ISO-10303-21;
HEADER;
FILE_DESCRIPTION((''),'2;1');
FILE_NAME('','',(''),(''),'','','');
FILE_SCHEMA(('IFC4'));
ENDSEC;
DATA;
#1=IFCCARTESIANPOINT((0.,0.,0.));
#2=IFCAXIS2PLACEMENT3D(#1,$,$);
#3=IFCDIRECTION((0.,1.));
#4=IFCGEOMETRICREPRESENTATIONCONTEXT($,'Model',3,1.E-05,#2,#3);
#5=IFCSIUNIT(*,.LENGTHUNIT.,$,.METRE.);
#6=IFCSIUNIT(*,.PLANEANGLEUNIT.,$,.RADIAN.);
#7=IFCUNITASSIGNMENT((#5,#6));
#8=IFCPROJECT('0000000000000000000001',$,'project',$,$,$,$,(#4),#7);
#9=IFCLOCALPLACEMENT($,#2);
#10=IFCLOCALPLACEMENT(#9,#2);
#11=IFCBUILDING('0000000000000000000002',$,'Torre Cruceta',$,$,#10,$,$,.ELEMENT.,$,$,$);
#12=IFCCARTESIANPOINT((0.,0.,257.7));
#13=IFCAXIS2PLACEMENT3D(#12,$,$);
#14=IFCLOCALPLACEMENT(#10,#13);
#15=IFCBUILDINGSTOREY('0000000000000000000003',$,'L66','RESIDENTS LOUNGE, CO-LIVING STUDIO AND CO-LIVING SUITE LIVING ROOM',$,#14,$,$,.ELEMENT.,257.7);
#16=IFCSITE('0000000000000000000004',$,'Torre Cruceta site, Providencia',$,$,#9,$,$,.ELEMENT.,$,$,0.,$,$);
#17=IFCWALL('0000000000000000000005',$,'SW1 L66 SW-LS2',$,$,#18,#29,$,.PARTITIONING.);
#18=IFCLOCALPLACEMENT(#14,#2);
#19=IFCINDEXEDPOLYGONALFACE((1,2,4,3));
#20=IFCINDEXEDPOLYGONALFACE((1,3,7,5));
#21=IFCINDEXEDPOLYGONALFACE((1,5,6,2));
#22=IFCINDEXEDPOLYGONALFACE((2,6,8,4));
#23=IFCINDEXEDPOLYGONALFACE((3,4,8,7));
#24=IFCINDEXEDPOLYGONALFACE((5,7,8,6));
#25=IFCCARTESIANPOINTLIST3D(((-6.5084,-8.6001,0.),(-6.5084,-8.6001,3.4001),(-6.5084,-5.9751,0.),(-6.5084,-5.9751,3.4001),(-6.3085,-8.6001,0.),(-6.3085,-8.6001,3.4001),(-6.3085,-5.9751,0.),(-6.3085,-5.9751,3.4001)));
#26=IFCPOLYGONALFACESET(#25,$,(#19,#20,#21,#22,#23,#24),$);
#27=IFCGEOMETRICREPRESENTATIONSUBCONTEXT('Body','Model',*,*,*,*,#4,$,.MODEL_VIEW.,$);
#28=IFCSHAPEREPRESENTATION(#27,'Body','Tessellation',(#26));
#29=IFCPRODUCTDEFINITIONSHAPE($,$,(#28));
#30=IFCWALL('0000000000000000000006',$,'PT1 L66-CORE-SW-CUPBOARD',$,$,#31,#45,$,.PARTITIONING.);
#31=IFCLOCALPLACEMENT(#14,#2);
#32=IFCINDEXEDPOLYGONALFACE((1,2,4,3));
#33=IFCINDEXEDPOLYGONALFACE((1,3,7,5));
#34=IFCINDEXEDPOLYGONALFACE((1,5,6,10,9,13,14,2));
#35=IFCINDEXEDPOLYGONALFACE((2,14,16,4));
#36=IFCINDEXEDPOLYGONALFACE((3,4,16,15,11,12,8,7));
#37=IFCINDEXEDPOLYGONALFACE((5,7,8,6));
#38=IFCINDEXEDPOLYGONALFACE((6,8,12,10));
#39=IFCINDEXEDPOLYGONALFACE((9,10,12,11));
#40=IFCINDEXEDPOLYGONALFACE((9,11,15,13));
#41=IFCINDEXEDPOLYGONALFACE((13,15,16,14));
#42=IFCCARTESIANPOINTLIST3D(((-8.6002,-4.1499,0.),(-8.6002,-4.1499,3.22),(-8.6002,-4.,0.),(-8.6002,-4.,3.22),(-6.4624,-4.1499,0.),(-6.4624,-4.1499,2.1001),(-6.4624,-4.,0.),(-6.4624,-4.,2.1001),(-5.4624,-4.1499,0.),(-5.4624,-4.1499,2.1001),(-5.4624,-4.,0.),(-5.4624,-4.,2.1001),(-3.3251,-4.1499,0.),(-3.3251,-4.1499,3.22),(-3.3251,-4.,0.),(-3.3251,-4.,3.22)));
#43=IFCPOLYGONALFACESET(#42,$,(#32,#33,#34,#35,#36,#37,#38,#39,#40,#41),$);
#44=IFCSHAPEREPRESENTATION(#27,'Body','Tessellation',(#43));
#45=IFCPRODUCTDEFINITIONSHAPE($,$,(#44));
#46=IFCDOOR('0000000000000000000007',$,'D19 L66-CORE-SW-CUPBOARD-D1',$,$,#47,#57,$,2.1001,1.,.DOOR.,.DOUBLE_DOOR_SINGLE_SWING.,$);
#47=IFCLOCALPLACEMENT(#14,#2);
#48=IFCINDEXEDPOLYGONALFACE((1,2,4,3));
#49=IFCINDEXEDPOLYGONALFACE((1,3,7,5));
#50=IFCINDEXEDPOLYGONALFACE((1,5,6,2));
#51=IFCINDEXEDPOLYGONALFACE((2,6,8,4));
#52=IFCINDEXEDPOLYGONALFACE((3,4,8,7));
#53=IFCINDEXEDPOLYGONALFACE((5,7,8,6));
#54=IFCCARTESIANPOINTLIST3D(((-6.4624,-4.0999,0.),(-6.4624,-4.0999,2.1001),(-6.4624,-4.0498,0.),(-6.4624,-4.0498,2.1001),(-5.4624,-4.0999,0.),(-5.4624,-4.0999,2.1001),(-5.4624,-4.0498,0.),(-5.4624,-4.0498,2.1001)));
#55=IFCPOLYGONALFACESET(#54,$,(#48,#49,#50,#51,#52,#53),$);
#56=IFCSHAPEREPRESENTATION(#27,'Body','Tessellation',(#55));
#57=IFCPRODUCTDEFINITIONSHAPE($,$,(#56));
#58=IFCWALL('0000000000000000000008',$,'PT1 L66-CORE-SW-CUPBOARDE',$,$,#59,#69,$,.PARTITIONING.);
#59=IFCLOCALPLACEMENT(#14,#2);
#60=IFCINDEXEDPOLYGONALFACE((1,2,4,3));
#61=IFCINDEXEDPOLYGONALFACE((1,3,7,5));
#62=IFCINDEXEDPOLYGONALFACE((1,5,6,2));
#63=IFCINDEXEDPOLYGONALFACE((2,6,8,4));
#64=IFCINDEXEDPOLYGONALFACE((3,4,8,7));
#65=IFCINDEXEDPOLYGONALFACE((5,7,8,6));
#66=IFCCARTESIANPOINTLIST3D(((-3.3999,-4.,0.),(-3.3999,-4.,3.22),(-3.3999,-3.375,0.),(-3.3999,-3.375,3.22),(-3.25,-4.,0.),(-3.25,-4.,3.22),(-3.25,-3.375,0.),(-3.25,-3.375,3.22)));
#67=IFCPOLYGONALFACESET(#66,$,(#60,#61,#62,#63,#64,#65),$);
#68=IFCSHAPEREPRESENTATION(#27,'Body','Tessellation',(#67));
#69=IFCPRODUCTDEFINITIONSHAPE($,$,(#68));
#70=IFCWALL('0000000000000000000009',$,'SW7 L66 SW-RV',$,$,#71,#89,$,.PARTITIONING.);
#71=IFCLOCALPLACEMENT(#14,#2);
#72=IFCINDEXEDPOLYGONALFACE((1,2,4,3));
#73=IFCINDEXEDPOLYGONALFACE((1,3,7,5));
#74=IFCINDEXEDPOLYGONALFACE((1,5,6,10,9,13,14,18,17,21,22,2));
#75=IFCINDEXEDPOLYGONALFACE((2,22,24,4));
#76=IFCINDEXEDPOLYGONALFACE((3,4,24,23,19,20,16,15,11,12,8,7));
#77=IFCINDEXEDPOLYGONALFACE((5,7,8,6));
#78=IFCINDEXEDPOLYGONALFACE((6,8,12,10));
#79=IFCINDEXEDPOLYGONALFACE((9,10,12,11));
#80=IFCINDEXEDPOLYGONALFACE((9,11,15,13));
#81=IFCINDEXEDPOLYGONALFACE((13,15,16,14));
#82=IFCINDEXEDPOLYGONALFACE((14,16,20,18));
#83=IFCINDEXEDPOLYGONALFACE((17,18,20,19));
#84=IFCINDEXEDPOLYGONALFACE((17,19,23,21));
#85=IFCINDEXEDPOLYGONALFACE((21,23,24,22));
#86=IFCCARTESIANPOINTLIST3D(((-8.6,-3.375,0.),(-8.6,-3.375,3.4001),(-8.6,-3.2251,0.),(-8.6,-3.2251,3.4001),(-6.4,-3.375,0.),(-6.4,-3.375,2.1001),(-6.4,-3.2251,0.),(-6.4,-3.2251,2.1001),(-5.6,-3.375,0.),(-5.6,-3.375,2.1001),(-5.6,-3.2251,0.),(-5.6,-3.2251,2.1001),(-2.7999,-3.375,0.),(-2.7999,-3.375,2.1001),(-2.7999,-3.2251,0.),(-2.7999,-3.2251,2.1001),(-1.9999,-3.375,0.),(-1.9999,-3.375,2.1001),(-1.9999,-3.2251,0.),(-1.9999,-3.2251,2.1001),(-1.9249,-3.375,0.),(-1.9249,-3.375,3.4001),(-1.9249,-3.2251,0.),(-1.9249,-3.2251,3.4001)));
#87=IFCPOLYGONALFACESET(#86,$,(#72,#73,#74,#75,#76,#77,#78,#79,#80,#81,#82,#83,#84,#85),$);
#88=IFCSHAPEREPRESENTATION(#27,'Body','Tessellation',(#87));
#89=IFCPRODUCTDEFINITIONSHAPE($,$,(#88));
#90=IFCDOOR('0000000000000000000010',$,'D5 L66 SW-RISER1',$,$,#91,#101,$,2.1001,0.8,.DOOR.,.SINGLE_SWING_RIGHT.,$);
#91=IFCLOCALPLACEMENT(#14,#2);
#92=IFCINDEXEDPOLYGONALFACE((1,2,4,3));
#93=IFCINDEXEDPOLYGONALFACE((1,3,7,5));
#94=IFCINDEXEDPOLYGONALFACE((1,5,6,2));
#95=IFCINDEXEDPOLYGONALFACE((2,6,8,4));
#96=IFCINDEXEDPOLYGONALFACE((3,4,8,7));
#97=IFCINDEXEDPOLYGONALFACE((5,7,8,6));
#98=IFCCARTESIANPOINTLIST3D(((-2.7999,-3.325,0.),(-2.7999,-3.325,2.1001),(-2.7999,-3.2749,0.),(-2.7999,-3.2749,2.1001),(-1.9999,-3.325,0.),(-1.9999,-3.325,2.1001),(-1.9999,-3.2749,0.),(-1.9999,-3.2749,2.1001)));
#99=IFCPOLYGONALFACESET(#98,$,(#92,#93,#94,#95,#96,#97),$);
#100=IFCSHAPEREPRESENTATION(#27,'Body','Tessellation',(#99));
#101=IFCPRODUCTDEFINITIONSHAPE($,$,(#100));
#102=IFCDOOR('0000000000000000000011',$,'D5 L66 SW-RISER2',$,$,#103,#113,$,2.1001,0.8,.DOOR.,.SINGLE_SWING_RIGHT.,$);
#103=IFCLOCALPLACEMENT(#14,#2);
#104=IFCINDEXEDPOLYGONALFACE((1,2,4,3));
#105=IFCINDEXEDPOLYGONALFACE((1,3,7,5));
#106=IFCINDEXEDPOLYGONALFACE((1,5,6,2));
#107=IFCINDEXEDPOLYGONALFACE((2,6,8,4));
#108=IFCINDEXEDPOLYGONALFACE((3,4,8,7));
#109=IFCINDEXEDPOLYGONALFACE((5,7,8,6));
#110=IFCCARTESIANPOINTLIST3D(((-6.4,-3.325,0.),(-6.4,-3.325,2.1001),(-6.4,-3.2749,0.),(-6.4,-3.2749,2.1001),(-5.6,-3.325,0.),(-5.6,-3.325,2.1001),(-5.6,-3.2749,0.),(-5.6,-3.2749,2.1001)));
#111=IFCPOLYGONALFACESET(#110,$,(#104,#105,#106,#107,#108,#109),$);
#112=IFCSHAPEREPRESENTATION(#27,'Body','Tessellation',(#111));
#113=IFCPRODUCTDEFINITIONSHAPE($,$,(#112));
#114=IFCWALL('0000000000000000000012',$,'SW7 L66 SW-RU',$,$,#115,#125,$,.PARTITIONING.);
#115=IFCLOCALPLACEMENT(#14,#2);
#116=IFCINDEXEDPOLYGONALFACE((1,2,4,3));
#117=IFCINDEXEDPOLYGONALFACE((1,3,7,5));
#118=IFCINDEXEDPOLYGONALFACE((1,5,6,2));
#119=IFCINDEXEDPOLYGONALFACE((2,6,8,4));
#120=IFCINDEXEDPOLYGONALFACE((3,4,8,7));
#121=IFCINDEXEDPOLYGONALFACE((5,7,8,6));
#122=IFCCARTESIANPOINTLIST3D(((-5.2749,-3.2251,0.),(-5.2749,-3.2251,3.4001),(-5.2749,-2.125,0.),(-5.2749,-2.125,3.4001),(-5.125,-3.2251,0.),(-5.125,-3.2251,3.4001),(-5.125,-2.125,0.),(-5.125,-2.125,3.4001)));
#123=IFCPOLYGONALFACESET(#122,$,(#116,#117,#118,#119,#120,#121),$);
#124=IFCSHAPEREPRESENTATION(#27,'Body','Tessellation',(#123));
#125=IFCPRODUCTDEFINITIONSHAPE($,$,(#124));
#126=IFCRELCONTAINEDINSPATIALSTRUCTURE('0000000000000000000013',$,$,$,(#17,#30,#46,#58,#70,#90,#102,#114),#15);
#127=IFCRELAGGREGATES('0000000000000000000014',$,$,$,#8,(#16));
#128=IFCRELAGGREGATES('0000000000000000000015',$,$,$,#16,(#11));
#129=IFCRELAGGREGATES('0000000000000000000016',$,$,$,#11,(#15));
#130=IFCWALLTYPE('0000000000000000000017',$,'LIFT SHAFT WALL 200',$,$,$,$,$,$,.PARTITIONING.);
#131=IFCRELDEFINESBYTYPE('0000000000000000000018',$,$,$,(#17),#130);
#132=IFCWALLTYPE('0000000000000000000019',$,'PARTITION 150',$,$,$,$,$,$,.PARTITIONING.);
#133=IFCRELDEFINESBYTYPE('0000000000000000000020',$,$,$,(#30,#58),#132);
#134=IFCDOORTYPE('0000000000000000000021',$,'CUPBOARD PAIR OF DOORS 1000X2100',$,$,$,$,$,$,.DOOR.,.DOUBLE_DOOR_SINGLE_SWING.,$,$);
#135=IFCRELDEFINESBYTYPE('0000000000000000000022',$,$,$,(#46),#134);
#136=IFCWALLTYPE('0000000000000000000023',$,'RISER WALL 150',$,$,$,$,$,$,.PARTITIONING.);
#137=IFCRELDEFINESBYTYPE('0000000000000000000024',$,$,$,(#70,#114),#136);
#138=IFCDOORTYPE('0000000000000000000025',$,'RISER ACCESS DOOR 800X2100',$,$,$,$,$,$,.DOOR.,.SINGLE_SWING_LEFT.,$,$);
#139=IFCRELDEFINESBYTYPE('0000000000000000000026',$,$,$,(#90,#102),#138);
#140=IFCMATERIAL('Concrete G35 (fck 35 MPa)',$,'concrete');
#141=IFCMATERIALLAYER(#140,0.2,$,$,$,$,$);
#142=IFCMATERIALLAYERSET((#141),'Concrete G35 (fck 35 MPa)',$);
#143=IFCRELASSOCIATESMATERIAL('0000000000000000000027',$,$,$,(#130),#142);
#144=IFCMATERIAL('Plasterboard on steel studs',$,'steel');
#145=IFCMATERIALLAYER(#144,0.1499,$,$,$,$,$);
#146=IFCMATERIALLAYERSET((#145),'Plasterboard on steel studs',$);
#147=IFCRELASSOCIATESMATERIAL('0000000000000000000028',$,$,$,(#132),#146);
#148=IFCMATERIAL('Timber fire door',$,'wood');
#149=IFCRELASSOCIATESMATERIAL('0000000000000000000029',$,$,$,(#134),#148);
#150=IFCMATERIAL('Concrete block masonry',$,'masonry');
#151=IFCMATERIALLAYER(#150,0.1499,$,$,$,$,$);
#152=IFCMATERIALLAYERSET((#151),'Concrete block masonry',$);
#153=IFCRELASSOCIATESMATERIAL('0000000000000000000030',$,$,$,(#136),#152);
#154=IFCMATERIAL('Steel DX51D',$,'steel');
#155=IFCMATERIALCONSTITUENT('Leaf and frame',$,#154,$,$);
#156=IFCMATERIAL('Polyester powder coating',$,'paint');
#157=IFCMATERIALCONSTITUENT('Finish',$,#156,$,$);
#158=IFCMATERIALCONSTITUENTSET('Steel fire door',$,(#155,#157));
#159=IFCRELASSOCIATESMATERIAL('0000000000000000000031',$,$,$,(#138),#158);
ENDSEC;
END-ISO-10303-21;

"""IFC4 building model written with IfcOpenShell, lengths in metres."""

from ifc_helpers import new_model, si_unit, direction, frame, frame_2d, origin, place, context, subcontext, project, spatial, rectangle, extrude, material, layer, layer_set, constituent, constituent_set, type_object, element, fill, save


model = new_model("IFC4")

# Units and contexts
model_context = context("Model", 3, precision=1e-05, world=origin(), true_north=direction((0.0, 1.0)))
body_context = subcontext(model_context, "Body", "Model", "MODEL_VIEW")
ifc_project = project(units=[si_unit("LENGTHUNIT", "METRE"), si_unit("PLANEANGLEUNIT", "RADIAN")], contexts=[model_context])

# Site, building, storey
site_placement = place(None, origin())
site = spatial("IfcSite", under=ifc_project, at=site_placement, Name="Torre Cruceta site, Providencia", CompositionType="ELEMENT", RefElevation=0.0)
building_placement = place(site_placement, origin())
building = spatial("IfcBuilding", under=site, at=building_placement, Name="Torre Cruceta", CompositionType="ELEMENT")
storey_placement = place(building_placement, frame((0.0, 0.0, 257.7)))
storey = spatial("IfcBuildingStorey", under=building, at=storey_placement, Name="L66", Description="RESIDENTS LOUNGE, CO-LIVING STUDIO AND CO-LIVING SUITE LIVING ROOM", CompositionType="ELEMENT", Elevation=257.7)

# Wall
ifc_material_1 = material(Name="Concrete G35 (fck 35 MPa)", Category="concrete")
ifc_layer_1 = layer(ifc_material_1, 0.2)
ifc_layer_set_1 = layer_set([ifc_layer_1], Name="Concrete G35 (fck 35 MPa)")
wall_type_1 = type_object("IfcWallType", Name="LIFT SHAFT WALL 200", PredefinedType="PARTITIONING", material=ifc_layer_set_1)
for number, where, z_axis, x_axis, name in (
    (1, (-6.4084, -5.9751, 0.0), (0.0, 0.0, 1.0), (0.0, -1.0, 0.0), "SW1 L66 SW-LS2"),
):
    element("IfcWall", number, at=place(storey_placement, frame(where, z_axis=z_axis, x_axis=x_axis)), inside=storey, type_object=wall_type_1, Name=name, PredefinedType="PARTITIONING", context=body_context, shape_type="SweptSolid", body=[
        extrude(rectangle(XDim=2.625, YDim=0.2, at=frame_2d((1.3125, 0.0))), origin(), (0.0, 0.0, 1.0), 3.4001),
    ])

# Wall, opening, door
ifc_material_2 = material(Name="Plasterboard on steel studs", Category="steel")
ifc_layer_2 = layer(ifc_material_2, 0.1499)
ifc_layer_set_2 = layer_set([ifc_layer_2], Name="Plasterboard on steel studs")
wall_type_2 = type_object("IfcWallType", Name="PARTITION 150", PredefinedType="PARTITIONING", material=ifc_layer_set_2)
wall_1_placement = place(storey_placement, frame((-3.325, -4.075, 0.0), z_axis=(0.0, 0.0, 1.0), x_axis=(-1.0, 0.0, 0.0)))
wall_1 = element("IfcWall", 2, at=wall_1_placement, inside=storey, type_object=wall_type_2, Name="PT1 L66-CORE-SW-CUPBOARD", PredefinedType="PARTITIONING", context=body_context, shape_type="SweptSolid", body=[
    extrude(rectangle(XDim=5.2751, YDim=0.1499, at=frame_2d((2.6377, 0.0))), origin(), (0.0, 0.0, 1.0), 3.22),
])
opening_1_placement = place(wall_1_placement, frame((2.1375, 0.0, 0.0)))
opening_1 = element("IfcOpeningElement", 3, at=opening_1_placement, cuts=wall_1, PredefinedType="OPENING", context=body_context, shape_type="SweptSolid", body=[
    extrude(rectangle(XDim=1.0, YDim=2.1001, at=frame_2d((0.5, 1.05))), frame((0.0, 0.085, 0.0), z_axis=(0.0, -1.0, 0.0), x_axis=(1.0, 0.0, 0.0)), (0.0, 0.0, 1.0), 0.1699),
])
ifc_material_3 = material(Name="Timber fire door", Category="wood")
door_type_1 = type_object("IfcDoorType", Name="CUPBOARD PAIR OF DOORS 1000X2100", OperationType="DOUBLE_DOOR_SINGLE_SWING", PredefinedType="DOOR", material=ifc_material_3)
door_1_placement = place(opening_1_placement, frame((1.0, 0.0, 0.0), z_axis=(0.0, 0.0, 1.0), x_axis=(-1.0, 0.0, 0.0)))
door_1 = element("IfcDoor", 4, at=door_1_placement, inside=storey, type_object=door_type_1, Name="D19 L66-CORE-SW-CUPBOARD-D1", OperationType="DOUBLE_DOOR_SINGLE_SWING", OverallHeight=2.1001, OverallWidth=1.0, PredefinedType="DOOR", context=body_context, shape_type="SweptSolid", body=[
    extrude(rectangle(XDim=1.0, YDim=2.1001, at=frame_2d((0.5, 1.05))), frame((0.0, 0.0251, 0.0), z_axis=(0.0, -1.0, 0.0), x_axis=(1.0, 0.0, 0.0)), (0.0, 0.0, 1.0), 0.05),
])
fill(opening_1, door_1)

# Wall
wall_2_placement = place(storey_placement, frame((-3.325, -3.375, 0.0), z_axis=(0.0, 0.0, 1.0), x_axis=(0.0, -1.0, 0.0)))
element("IfcWall", 5, at=wall_2_placement, inside=storey, type_object=wall_type_2, Name="PT1 L66-CORE-SW-CUPBOARDE", PredefinedType="PARTITIONING", context=body_context, shape_type="SweptSolid", body=[
    extrude(rectangle(XDim=0.625, YDim=0.1499, at=frame_2d((0.3125, 0.0))), origin(), (0.0, 0.0, 1.0), 3.22),
])

# Wall, openings, doors
ifc_material_4 = material(Name="Concrete block masonry", Category="masonry")
ifc_layer_3 = layer(ifc_material_4, 0.1499)
ifc_layer_set_3 = layer_set([ifc_layer_3], Name="Concrete block masonry")
wall_type_3 = type_object("IfcWallType", Name="RISER WALL 150", PredefinedType="PARTITIONING", material=ifc_layer_set_3)
wall_3_placement = place(storey_placement, frame((-1.925, -3.3, 0.0), z_axis=(0.0, 0.0, 1.0), x_axis=(-1.0, 0.0, 0.0)))
wall_3 = element("IfcWall", 6, at=wall_3_placement, inside=storey, type_object=wall_type_3, Name="SW7 L66 SW-RV", PredefinedType="PARTITIONING", context=body_context, shape_type="SweptSolid", body=[
    extrude(rectangle(XDim=6.675, YDim=0.1499, at=frame_2d((3.3374, 0.0))), origin(), (0.0, 0.0, 1.0), 3.4001),
])
opening_2_placement = place(wall_3_placement, frame((0.075, 0.0, 0.0)))
opening_2 = element("IfcOpeningElement", 7, at=opening_2_placement, cuts=wall_3, PredefinedType="OPENING", context=body_context, shape_type="SweptSolid", body=[
    extrude(rectangle(XDim=0.8, YDim=2.1001, at=frame_2d((0.3999, 1.05))), frame((0.0, 0.085, 0.0), z_axis=(0.0, -1.0, 0.0), x_axis=(1.0, 0.0, 0.0)), (0.0, 0.0, 1.0), 0.1699),
])
opening_3_placement = place(wall_3_placement, frame((3.675, 0.0, 0.0)))
opening_3 = element("IfcOpeningElement", 8, at=opening_3_placement, cuts=wall_3, PredefinedType="OPENING", context=body_context, shape_type="SweptSolid", body=[
    extrude(rectangle(XDim=0.8, YDim=2.1001, at=frame_2d((0.3999, 1.05))), frame((0.0, 0.085, 0.0), z_axis=(0.0, -1.0, 0.0), x_axis=(1.0, 0.0, 0.0)), (0.0, 0.0, 1.0), 0.1699),
])
ifc_material_5 = material(Name="Steel DX51D", Category="steel")
ifc_constituent_1 = constituent(ifc_material_5, Name="Leaf and frame")
ifc_material_6 = material(Name="Polyester powder coating", Category="paint")
ifc_constituent_2 = constituent(ifc_material_6, Name="Finish")
ifc_constituent_set_1 = constituent_set(constituents=[ifc_constituent_1, ifc_constituent_2], Name="Steel fire door")
door_type_2 = type_object("IfcDoorType", Name="RISER ACCESS DOOR 800X2100", OperationType="SINGLE_SWING_LEFT", PredefinedType="DOOR", material=ifc_constituent_set_1)
door_2_placement = place(opening_2_placement, frame((0.8, 0.0, 0.0), z_axis=(0.0, 0.0, 1.0), x_axis=(-1.0, 0.0, 0.0)))
door_2 = element("IfcDoor", 9, at=door_2_placement, inside=storey, type_object=door_type_2, Name="D5 L66 SW-RISER1", OperationType="SINGLE_SWING_RIGHT", OverallHeight=2.1001, OverallWidth=0.8, PredefinedType="DOOR", context=body_context, shape_type="SweptSolid", body=[
    extrude(rectangle(XDim=0.8, YDim=2.1001, at=frame_2d((0.4001, 1.05))), frame((0.0, 0.0251, 0.0), z_axis=(0.0, -1.0, 0.0), x_axis=(1.0, 0.0, 0.0)), (0.0, 0.0, 1.0), 0.05),
])
fill(opening_2, door_2)
door_3_placement = place(opening_3_placement, frame((0.8, 0.0, 0.0), z_axis=(0.0, 0.0, 1.0), x_axis=(-1.0, 0.0, 0.0)))
door_3 = element("IfcDoor", 10, at=door_3_placement, inside=storey, type_object=door_type_2, Name="D5 L66 SW-RISER2", OperationType="SINGLE_SWING_RIGHT", OverallHeight=2.1001, OverallWidth=0.8, PredefinedType="DOOR", context=body_context, shape_type="SweptSolid", body=[
    extrude(rectangle(XDim=0.8, YDim=2.1001, at=frame_2d((0.4001, 1.05))), frame((0.0, 0.0251, 0.0), z_axis=(0.0, -1.0, 0.0), x_axis=(1.0, 0.0, 0.0)), (0.0, 0.0, 1.0), 0.05),
])
fill(opening_3, door_3)

# Wall
wall_4_placement = place(storey_placement, frame((-5.2, -2.125, 0.0), z_axis=(0.0, 0.0, 1.0), x_axis=(0.0, -1.0, 0.0)))
element("IfcWall", 11, at=wall_4_placement, inside=storey, type_object=wall_type_3, Name="SW7 L66 SW-RU", PredefinedType="PARTITIONING", context=body_context, shape_type="SweptSolid", body=[
    extrude(rectangle(XDim=1.1001, YDim=0.1499, at=frame_2d((0.55, 0.0))), origin(), (0.0, 0.0, 1.0), 3.4001),
])

save(model, "model.ifc")
